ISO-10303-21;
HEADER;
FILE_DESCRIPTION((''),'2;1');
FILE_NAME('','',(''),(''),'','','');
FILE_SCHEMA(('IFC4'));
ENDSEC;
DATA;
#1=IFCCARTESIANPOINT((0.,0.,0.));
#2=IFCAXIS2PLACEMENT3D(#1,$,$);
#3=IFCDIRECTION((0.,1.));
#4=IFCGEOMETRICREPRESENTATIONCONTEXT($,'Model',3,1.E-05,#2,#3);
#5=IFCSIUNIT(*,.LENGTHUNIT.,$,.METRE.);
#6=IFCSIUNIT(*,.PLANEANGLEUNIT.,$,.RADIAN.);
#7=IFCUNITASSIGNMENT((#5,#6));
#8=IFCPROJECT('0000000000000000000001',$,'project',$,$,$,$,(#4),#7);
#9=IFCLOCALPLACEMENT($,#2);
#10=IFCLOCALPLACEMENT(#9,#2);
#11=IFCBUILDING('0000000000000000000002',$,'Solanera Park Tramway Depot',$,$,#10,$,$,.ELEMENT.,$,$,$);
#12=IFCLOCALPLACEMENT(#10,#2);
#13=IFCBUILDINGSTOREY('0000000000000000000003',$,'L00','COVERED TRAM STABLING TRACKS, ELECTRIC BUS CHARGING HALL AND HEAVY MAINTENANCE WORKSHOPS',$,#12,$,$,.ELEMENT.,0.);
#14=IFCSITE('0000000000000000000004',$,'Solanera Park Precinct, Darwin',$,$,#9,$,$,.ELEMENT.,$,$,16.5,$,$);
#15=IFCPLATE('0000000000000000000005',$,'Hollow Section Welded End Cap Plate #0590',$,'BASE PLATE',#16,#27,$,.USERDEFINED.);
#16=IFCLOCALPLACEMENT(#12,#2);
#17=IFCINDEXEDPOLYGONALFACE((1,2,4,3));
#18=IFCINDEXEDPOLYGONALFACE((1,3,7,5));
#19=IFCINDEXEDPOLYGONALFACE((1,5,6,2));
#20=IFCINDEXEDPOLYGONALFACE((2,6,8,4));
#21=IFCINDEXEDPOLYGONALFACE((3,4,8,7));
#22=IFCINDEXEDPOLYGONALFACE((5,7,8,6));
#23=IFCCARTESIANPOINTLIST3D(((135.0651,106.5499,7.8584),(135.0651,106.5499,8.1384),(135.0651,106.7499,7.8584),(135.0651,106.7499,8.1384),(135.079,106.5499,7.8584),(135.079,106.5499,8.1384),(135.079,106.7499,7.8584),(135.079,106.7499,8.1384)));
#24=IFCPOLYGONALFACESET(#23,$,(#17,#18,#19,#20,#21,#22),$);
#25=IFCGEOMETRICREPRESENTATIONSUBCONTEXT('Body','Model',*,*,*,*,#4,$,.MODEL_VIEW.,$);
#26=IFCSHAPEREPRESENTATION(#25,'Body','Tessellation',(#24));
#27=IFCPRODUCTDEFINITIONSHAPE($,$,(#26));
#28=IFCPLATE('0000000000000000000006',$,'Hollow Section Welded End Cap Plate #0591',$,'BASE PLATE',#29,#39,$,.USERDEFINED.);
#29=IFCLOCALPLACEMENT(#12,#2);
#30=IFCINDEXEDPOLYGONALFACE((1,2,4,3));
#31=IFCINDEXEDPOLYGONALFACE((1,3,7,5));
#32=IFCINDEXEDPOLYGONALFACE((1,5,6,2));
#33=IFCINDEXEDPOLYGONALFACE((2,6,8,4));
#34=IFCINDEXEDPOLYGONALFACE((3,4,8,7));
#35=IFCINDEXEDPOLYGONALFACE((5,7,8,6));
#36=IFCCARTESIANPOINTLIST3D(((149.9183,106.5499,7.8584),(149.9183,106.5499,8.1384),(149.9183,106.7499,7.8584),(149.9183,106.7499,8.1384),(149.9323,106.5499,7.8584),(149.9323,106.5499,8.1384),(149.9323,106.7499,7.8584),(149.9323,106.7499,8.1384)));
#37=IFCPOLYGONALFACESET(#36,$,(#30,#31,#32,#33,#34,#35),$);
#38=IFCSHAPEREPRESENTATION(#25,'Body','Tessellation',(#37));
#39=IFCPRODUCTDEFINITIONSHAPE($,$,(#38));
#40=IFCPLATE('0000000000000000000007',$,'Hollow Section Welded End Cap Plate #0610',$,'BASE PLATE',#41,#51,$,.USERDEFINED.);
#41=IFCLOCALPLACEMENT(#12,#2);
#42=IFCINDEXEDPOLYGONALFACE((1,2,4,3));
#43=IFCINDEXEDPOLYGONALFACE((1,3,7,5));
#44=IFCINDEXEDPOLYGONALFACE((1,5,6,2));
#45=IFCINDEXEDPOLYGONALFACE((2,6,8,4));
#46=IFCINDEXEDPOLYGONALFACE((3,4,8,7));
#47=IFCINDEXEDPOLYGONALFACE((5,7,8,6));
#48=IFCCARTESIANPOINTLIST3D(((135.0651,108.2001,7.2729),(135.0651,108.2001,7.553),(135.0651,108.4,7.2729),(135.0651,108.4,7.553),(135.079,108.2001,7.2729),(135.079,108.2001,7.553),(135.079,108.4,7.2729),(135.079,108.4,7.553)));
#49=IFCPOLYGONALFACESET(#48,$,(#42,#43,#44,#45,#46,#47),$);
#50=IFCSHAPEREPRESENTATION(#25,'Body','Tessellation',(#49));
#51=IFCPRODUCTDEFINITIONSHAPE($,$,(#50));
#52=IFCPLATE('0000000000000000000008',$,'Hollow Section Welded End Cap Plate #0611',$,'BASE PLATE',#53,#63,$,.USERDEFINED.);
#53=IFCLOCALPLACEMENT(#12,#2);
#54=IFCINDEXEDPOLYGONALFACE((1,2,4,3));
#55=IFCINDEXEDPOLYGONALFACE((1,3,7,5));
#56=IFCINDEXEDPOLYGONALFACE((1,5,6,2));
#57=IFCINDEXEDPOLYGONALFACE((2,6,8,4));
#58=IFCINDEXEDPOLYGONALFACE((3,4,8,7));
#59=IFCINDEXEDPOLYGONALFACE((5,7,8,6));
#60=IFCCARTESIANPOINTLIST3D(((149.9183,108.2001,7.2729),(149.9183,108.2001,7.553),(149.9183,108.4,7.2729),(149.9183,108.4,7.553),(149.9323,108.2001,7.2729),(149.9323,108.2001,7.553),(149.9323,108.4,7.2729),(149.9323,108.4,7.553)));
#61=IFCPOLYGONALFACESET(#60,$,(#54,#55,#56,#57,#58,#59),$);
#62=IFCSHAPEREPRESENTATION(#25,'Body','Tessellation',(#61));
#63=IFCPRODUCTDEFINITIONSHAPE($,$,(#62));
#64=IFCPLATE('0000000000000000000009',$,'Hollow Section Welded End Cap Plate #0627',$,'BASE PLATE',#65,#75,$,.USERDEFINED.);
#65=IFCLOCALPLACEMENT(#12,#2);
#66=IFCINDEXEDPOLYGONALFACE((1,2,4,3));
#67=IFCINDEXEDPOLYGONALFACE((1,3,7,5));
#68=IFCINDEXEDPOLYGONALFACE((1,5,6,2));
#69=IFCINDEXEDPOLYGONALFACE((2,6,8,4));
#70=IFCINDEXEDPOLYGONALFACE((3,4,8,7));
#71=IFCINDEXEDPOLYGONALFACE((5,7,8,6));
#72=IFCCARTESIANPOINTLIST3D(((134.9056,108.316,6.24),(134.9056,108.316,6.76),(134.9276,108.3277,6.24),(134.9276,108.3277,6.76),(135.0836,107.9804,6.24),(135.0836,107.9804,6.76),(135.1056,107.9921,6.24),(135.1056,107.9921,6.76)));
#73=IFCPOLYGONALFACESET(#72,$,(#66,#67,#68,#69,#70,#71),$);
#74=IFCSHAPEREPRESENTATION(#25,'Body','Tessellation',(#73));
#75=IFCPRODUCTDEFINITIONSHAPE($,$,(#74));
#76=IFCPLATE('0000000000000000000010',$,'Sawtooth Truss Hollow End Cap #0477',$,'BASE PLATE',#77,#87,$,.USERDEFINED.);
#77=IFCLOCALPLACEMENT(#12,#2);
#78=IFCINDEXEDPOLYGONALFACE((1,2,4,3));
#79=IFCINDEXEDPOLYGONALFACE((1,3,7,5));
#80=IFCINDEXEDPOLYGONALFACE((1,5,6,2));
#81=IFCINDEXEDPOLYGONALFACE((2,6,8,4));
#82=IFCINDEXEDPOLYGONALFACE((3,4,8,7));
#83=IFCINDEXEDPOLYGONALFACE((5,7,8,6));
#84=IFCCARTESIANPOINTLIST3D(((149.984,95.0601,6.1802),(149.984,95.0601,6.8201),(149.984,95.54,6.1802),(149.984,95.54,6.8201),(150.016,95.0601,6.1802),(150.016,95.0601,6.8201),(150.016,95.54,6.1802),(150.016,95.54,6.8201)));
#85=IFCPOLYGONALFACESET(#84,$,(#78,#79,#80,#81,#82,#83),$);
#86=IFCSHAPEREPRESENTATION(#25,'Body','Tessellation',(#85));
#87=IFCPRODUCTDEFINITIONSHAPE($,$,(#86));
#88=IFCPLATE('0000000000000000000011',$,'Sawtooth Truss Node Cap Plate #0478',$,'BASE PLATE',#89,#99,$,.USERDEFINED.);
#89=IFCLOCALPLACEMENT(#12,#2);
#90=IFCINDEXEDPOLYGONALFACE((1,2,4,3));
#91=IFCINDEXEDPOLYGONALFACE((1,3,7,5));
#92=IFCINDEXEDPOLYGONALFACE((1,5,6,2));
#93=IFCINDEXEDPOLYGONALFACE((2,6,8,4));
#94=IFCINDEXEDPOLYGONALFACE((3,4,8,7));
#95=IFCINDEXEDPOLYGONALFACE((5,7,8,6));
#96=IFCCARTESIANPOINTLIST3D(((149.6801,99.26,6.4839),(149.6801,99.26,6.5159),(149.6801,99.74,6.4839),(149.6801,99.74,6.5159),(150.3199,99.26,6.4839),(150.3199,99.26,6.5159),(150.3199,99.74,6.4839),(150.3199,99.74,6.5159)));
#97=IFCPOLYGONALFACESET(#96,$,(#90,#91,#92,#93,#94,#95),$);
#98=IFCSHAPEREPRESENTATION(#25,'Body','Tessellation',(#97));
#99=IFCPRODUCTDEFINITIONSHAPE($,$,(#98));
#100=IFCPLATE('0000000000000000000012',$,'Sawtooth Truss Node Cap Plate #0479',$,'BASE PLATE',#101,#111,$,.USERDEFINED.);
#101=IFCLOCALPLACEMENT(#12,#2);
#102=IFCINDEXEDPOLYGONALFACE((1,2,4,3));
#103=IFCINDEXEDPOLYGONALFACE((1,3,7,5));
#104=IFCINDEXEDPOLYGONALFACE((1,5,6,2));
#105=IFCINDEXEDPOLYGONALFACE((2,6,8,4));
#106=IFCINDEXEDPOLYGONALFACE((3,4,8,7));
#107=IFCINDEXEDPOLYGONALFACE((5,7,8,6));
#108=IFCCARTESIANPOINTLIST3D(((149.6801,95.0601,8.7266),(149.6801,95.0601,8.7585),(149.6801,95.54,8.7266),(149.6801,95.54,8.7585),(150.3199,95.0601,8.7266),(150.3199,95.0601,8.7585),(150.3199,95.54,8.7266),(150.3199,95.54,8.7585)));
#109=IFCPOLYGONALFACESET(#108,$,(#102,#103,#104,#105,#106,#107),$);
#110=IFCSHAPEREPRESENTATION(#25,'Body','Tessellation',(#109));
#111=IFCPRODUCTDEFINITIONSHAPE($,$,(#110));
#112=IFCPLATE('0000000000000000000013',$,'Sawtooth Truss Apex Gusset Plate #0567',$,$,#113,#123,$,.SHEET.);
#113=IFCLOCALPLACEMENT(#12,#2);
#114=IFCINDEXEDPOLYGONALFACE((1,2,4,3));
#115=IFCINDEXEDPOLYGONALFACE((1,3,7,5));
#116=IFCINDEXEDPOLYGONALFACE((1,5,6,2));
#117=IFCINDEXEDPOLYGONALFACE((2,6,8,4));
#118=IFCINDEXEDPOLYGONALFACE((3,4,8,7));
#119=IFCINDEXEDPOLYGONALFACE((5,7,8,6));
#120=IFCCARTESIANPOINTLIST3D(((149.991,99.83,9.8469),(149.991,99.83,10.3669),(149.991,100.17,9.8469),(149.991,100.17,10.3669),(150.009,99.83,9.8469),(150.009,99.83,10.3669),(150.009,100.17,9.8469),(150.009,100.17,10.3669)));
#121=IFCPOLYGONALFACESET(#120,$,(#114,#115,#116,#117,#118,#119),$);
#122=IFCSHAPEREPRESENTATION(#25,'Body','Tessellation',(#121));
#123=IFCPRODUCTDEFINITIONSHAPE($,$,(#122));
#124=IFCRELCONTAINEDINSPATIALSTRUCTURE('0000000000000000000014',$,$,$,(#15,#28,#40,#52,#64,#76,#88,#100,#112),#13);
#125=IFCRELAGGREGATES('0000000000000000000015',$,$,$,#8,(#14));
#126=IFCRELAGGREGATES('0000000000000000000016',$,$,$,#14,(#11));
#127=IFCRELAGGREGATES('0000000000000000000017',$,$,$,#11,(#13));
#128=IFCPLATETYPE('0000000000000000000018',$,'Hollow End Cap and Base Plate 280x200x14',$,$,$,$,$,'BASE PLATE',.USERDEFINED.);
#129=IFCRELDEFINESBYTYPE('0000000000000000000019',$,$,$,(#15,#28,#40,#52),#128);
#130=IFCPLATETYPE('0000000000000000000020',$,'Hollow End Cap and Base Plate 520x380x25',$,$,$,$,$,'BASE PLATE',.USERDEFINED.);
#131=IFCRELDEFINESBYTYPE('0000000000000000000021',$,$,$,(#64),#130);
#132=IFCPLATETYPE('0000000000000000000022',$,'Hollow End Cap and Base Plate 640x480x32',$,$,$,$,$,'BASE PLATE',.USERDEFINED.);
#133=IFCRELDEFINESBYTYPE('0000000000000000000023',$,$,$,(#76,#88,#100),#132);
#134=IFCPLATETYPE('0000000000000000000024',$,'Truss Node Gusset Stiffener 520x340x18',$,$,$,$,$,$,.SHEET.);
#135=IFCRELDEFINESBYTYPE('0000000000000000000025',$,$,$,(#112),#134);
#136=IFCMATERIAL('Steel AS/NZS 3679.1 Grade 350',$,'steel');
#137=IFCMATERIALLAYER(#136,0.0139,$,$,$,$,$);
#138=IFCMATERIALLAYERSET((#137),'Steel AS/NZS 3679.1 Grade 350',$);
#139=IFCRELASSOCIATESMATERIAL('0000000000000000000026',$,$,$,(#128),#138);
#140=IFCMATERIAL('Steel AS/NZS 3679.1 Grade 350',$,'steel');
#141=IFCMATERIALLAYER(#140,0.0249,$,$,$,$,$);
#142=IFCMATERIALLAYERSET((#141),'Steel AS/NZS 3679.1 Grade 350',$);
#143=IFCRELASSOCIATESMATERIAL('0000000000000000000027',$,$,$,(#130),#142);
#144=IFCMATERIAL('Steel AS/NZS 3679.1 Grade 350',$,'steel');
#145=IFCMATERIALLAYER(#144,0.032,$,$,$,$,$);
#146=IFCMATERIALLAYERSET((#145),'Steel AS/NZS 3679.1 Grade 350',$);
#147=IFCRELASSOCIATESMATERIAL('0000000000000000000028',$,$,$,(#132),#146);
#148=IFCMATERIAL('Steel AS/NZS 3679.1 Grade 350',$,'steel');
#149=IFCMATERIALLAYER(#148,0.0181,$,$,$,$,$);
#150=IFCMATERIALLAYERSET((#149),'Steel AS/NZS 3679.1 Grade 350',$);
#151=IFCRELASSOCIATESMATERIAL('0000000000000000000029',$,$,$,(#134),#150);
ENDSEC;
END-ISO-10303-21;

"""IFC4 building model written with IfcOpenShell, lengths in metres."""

from ifc_helpers import new_model, si_unit, direction, frame, origin, origin_2d, place, context, subcontext, project, spatial, rectangle, extrude, material, layer, layer_set, type_object, element, save


model = new_model("IFC4")

# Units and contexts
model_context = context("Model", 3, precision=1e-05, world=origin(), true_north=direction((0.0, 1.0)))
body_context = subcontext(model_context, "Body", "Model", "MODEL_VIEW")
ifc_project = project(units=[si_unit("LENGTHUNIT", "METRE"), si_unit("PLANEANGLEUNIT", "RADIAN")], contexts=[model_context])

# Site, building, storey
site_placement = place(None, origin())
site = spatial("IfcSite", under=ifc_project, at=site_placement, Name="Solanera Park Precinct, Darwin", CompositionType="ELEMENT", RefElevation=16.5)
building_placement = place(site_placement, origin())
building = spatial("IfcBuilding", under=site, at=building_placement, Name="Solanera Park Tramway Depot", CompositionType="ELEMENT")
storey_placement = place(building_placement, origin())
storey = spatial("IfcBuildingStorey", under=building, at=storey_placement, Name="L00", Description="COVERED TRAM STABLING TRACKS, ELECTRIC BUS CHARGING HALL AND HEAVY MAINTENANCE WORKSHOPS", CompositionType="ELEMENT", Elevation=0.0)

# Plates
ifc_material_1 = material(Name="Steel AS/NZS 3679.1 Grade 350", Category="steel")
ifc_layer_1 = layer(ifc_material_1, 0.0139)
ifc_layer_set_1 = layer_set([ifc_layer_1], Name="Steel AS/NZS 3679.1 Grade 350")
plate_type_1 = type_object("IfcPlateType", Name="Hollow End Cap and Base Plate 280x200x14", ElementType="BASE PLATE", PredefinedType="USERDEFINED", material=ifc_layer_set_1)
for number, where, z_axis, x_axis, name in (
    (1, (135.072, 106.6499, 7.8584), (0.0, 0.0, 1.0), (1.0, 0.0, 0.0), "Hollow Section Welded End Cap Plate #0590"),
    (2, (149.9253, 106.6499, 7.8584), (0.0, 0.0, 1.0), (1.0, 0.0, 0.0), "Hollow Section Welded End Cap Plate #0591"),
    (3, (135.072, 108.3, 7.2729), (0.0, 0.0, 1.0), (1.0, 0.0, 0.0), "Hollow Section Welded End Cap Plate #0610"),
    (4, (149.9253, 108.3, 7.2729), (0.0, 0.0, 1.0), (1.0, 0.0, 0.0), "Hollow Section Welded End Cap Plate #0611"),
):
    element("IfcPlate", number, at=place(storey_placement, frame(where, z_axis=z_axis, x_axis=x_axis)), inside=storey, type_object=plate_type_1, Name=name, ObjectType="BASE PLATE", PredefinedType="USERDEFINED", context=body_context, shape_type="SweptSolid", body=[
        extrude(rectangle(XDim=0.0139, YDim=0.2, at=origin_2d()), origin(), (0.0, 0.0, 1.0), 0.28),
    ])
ifc_material_2 = material(Name="Steel AS/NZS 3679.1 Grade 350", Category="steel")
ifc_layer_2 = layer(ifc_material_2, 0.0249)
ifc_layer_set_2 = layer_set([ifc_layer_2], Name="Steel AS/NZS 3679.1 Grade 350")
plate_type_2 = type_object("IfcPlateType", Name="Hollow End Cap and Base Plate 520x380x25", ElementType="BASE PLATE", PredefinedType="USERDEFINED", material=ifc_layer_set_2)
plate_1_placement = place(storey_placement, frame((135.0056, 108.1541, 6.24), z_axis=(0.0, 0.0, 1.0), x_axis=(0.883521, 0.468392, 0.0)))
element("IfcPlate", 5, at=plate_1_placement, inside=storey, type_object=plate_type_2, Name="Hollow Section Welded End Cap Plate #0627", ObjectType="BASE PLATE", PredefinedType="USERDEFINED", context=body_context, shape_type="SweptSolid", body=[
    extrude(rectangle(XDim=0.0249, YDim=0.3799, at=origin_2d()), origin(), (0.0, 0.0, 1.0), 0.52),
])
ifc_material_3 = material(Name="Steel AS/NZS 3679.1 Grade 350", Category="steel")
ifc_layer_3 = layer(ifc_material_3, 0.032)
ifc_layer_set_3 = layer_set([ifc_layer_3], Name="Steel AS/NZS 3679.1 Grade 350")
plate_type_3 = type_object("IfcPlateType", Name="Hollow End Cap and Base Plate 640x480x32", ElementType="BASE PLATE", PredefinedType="USERDEFINED", material=ifc_layer_set_3)
plate_2_placement = place(storey_placement, frame((150.0, 95.3, 6.1802), z_axis=(0.0, 0.0, 1.0), x_axis=(1.0, 0.0, 0.0)))
element("IfcPlate", 6, at=plate_2_placement, inside=storey, type_object=plate_type_3, Name="Sawtooth Truss Hollow End Cap #0477", ObjectType="BASE PLATE", PredefinedType="USERDEFINED", context=body_context, shape_type="SweptSolid", body=[
    extrude(rectangle(XDim=0.032, YDim=0.48, at=origin_2d()), origin(), (0.0, 0.0, 1.0), 0.6399),
])
for number, where, z_axis, x_axis, name in (
    (7, (150.0, 99.5, 6.4839), (0.0, 0.0, 1.0), (1.0, 0.0, 0.0), "Sawtooth Truss Node Cap Plate #0478"),
    (8, (150.0, 95.3, 8.7266), (0.0, 0.0, 1.0), (1.0, 0.0, 0.0), "Sawtooth Truss Node Cap Plate #0479"),
):
    element("IfcPlate", number, at=place(storey_placement, frame(where, z_axis=z_axis, x_axis=x_axis)), inside=storey, type_object=plate_type_3, Name=name, ObjectType="BASE PLATE", PredefinedType="USERDEFINED", context=body_context, shape_type="SweptSolid", body=[
        extrude(rectangle(XDim=0.6399, YDim=0.48, at=origin_2d()), origin(), (0.0, 0.0, 1.0), 0.032),
    ])
ifc_material_4 = material(Name="Steel AS/NZS 3679.1 Grade 350", Category="steel")
ifc_layer_4 = layer(ifc_material_4, 0.0181)
ifc_layer_set_4 = layer_set([ifc_layer_4], Name="Steel AS/NZS 3679.1 Grade 350")
plate_type_4 = type_object("IfcPlateType", Name="Truss Node Gusset Stiffener 520x340x18", PredefinedType="SHEET", material=ifc_layer_set_4)
plate_3_placement = place(storey_placement, frame((150.0, 100.0, 9.8469), z_axis=(0.0, 0.0, 1.0), x_axis=(1.0, 0.0, 0.0)))
element("IfcPlate", 9, at=plate_3_placement, inside=storey, type_object=plate_type_4, Name="Sawtooth Truss Apex Gusset Plate #0567", PredefinedType="SHEET", context=body_context, shape_type="SweptSolid", body=[
    extrude(rectangle(XDim=0.0181, YDim=0.3401, at=origin_2d()), origin(), (0.0, 0.0, 1.0), 0.52),
])

save(model, "model.ifc")
